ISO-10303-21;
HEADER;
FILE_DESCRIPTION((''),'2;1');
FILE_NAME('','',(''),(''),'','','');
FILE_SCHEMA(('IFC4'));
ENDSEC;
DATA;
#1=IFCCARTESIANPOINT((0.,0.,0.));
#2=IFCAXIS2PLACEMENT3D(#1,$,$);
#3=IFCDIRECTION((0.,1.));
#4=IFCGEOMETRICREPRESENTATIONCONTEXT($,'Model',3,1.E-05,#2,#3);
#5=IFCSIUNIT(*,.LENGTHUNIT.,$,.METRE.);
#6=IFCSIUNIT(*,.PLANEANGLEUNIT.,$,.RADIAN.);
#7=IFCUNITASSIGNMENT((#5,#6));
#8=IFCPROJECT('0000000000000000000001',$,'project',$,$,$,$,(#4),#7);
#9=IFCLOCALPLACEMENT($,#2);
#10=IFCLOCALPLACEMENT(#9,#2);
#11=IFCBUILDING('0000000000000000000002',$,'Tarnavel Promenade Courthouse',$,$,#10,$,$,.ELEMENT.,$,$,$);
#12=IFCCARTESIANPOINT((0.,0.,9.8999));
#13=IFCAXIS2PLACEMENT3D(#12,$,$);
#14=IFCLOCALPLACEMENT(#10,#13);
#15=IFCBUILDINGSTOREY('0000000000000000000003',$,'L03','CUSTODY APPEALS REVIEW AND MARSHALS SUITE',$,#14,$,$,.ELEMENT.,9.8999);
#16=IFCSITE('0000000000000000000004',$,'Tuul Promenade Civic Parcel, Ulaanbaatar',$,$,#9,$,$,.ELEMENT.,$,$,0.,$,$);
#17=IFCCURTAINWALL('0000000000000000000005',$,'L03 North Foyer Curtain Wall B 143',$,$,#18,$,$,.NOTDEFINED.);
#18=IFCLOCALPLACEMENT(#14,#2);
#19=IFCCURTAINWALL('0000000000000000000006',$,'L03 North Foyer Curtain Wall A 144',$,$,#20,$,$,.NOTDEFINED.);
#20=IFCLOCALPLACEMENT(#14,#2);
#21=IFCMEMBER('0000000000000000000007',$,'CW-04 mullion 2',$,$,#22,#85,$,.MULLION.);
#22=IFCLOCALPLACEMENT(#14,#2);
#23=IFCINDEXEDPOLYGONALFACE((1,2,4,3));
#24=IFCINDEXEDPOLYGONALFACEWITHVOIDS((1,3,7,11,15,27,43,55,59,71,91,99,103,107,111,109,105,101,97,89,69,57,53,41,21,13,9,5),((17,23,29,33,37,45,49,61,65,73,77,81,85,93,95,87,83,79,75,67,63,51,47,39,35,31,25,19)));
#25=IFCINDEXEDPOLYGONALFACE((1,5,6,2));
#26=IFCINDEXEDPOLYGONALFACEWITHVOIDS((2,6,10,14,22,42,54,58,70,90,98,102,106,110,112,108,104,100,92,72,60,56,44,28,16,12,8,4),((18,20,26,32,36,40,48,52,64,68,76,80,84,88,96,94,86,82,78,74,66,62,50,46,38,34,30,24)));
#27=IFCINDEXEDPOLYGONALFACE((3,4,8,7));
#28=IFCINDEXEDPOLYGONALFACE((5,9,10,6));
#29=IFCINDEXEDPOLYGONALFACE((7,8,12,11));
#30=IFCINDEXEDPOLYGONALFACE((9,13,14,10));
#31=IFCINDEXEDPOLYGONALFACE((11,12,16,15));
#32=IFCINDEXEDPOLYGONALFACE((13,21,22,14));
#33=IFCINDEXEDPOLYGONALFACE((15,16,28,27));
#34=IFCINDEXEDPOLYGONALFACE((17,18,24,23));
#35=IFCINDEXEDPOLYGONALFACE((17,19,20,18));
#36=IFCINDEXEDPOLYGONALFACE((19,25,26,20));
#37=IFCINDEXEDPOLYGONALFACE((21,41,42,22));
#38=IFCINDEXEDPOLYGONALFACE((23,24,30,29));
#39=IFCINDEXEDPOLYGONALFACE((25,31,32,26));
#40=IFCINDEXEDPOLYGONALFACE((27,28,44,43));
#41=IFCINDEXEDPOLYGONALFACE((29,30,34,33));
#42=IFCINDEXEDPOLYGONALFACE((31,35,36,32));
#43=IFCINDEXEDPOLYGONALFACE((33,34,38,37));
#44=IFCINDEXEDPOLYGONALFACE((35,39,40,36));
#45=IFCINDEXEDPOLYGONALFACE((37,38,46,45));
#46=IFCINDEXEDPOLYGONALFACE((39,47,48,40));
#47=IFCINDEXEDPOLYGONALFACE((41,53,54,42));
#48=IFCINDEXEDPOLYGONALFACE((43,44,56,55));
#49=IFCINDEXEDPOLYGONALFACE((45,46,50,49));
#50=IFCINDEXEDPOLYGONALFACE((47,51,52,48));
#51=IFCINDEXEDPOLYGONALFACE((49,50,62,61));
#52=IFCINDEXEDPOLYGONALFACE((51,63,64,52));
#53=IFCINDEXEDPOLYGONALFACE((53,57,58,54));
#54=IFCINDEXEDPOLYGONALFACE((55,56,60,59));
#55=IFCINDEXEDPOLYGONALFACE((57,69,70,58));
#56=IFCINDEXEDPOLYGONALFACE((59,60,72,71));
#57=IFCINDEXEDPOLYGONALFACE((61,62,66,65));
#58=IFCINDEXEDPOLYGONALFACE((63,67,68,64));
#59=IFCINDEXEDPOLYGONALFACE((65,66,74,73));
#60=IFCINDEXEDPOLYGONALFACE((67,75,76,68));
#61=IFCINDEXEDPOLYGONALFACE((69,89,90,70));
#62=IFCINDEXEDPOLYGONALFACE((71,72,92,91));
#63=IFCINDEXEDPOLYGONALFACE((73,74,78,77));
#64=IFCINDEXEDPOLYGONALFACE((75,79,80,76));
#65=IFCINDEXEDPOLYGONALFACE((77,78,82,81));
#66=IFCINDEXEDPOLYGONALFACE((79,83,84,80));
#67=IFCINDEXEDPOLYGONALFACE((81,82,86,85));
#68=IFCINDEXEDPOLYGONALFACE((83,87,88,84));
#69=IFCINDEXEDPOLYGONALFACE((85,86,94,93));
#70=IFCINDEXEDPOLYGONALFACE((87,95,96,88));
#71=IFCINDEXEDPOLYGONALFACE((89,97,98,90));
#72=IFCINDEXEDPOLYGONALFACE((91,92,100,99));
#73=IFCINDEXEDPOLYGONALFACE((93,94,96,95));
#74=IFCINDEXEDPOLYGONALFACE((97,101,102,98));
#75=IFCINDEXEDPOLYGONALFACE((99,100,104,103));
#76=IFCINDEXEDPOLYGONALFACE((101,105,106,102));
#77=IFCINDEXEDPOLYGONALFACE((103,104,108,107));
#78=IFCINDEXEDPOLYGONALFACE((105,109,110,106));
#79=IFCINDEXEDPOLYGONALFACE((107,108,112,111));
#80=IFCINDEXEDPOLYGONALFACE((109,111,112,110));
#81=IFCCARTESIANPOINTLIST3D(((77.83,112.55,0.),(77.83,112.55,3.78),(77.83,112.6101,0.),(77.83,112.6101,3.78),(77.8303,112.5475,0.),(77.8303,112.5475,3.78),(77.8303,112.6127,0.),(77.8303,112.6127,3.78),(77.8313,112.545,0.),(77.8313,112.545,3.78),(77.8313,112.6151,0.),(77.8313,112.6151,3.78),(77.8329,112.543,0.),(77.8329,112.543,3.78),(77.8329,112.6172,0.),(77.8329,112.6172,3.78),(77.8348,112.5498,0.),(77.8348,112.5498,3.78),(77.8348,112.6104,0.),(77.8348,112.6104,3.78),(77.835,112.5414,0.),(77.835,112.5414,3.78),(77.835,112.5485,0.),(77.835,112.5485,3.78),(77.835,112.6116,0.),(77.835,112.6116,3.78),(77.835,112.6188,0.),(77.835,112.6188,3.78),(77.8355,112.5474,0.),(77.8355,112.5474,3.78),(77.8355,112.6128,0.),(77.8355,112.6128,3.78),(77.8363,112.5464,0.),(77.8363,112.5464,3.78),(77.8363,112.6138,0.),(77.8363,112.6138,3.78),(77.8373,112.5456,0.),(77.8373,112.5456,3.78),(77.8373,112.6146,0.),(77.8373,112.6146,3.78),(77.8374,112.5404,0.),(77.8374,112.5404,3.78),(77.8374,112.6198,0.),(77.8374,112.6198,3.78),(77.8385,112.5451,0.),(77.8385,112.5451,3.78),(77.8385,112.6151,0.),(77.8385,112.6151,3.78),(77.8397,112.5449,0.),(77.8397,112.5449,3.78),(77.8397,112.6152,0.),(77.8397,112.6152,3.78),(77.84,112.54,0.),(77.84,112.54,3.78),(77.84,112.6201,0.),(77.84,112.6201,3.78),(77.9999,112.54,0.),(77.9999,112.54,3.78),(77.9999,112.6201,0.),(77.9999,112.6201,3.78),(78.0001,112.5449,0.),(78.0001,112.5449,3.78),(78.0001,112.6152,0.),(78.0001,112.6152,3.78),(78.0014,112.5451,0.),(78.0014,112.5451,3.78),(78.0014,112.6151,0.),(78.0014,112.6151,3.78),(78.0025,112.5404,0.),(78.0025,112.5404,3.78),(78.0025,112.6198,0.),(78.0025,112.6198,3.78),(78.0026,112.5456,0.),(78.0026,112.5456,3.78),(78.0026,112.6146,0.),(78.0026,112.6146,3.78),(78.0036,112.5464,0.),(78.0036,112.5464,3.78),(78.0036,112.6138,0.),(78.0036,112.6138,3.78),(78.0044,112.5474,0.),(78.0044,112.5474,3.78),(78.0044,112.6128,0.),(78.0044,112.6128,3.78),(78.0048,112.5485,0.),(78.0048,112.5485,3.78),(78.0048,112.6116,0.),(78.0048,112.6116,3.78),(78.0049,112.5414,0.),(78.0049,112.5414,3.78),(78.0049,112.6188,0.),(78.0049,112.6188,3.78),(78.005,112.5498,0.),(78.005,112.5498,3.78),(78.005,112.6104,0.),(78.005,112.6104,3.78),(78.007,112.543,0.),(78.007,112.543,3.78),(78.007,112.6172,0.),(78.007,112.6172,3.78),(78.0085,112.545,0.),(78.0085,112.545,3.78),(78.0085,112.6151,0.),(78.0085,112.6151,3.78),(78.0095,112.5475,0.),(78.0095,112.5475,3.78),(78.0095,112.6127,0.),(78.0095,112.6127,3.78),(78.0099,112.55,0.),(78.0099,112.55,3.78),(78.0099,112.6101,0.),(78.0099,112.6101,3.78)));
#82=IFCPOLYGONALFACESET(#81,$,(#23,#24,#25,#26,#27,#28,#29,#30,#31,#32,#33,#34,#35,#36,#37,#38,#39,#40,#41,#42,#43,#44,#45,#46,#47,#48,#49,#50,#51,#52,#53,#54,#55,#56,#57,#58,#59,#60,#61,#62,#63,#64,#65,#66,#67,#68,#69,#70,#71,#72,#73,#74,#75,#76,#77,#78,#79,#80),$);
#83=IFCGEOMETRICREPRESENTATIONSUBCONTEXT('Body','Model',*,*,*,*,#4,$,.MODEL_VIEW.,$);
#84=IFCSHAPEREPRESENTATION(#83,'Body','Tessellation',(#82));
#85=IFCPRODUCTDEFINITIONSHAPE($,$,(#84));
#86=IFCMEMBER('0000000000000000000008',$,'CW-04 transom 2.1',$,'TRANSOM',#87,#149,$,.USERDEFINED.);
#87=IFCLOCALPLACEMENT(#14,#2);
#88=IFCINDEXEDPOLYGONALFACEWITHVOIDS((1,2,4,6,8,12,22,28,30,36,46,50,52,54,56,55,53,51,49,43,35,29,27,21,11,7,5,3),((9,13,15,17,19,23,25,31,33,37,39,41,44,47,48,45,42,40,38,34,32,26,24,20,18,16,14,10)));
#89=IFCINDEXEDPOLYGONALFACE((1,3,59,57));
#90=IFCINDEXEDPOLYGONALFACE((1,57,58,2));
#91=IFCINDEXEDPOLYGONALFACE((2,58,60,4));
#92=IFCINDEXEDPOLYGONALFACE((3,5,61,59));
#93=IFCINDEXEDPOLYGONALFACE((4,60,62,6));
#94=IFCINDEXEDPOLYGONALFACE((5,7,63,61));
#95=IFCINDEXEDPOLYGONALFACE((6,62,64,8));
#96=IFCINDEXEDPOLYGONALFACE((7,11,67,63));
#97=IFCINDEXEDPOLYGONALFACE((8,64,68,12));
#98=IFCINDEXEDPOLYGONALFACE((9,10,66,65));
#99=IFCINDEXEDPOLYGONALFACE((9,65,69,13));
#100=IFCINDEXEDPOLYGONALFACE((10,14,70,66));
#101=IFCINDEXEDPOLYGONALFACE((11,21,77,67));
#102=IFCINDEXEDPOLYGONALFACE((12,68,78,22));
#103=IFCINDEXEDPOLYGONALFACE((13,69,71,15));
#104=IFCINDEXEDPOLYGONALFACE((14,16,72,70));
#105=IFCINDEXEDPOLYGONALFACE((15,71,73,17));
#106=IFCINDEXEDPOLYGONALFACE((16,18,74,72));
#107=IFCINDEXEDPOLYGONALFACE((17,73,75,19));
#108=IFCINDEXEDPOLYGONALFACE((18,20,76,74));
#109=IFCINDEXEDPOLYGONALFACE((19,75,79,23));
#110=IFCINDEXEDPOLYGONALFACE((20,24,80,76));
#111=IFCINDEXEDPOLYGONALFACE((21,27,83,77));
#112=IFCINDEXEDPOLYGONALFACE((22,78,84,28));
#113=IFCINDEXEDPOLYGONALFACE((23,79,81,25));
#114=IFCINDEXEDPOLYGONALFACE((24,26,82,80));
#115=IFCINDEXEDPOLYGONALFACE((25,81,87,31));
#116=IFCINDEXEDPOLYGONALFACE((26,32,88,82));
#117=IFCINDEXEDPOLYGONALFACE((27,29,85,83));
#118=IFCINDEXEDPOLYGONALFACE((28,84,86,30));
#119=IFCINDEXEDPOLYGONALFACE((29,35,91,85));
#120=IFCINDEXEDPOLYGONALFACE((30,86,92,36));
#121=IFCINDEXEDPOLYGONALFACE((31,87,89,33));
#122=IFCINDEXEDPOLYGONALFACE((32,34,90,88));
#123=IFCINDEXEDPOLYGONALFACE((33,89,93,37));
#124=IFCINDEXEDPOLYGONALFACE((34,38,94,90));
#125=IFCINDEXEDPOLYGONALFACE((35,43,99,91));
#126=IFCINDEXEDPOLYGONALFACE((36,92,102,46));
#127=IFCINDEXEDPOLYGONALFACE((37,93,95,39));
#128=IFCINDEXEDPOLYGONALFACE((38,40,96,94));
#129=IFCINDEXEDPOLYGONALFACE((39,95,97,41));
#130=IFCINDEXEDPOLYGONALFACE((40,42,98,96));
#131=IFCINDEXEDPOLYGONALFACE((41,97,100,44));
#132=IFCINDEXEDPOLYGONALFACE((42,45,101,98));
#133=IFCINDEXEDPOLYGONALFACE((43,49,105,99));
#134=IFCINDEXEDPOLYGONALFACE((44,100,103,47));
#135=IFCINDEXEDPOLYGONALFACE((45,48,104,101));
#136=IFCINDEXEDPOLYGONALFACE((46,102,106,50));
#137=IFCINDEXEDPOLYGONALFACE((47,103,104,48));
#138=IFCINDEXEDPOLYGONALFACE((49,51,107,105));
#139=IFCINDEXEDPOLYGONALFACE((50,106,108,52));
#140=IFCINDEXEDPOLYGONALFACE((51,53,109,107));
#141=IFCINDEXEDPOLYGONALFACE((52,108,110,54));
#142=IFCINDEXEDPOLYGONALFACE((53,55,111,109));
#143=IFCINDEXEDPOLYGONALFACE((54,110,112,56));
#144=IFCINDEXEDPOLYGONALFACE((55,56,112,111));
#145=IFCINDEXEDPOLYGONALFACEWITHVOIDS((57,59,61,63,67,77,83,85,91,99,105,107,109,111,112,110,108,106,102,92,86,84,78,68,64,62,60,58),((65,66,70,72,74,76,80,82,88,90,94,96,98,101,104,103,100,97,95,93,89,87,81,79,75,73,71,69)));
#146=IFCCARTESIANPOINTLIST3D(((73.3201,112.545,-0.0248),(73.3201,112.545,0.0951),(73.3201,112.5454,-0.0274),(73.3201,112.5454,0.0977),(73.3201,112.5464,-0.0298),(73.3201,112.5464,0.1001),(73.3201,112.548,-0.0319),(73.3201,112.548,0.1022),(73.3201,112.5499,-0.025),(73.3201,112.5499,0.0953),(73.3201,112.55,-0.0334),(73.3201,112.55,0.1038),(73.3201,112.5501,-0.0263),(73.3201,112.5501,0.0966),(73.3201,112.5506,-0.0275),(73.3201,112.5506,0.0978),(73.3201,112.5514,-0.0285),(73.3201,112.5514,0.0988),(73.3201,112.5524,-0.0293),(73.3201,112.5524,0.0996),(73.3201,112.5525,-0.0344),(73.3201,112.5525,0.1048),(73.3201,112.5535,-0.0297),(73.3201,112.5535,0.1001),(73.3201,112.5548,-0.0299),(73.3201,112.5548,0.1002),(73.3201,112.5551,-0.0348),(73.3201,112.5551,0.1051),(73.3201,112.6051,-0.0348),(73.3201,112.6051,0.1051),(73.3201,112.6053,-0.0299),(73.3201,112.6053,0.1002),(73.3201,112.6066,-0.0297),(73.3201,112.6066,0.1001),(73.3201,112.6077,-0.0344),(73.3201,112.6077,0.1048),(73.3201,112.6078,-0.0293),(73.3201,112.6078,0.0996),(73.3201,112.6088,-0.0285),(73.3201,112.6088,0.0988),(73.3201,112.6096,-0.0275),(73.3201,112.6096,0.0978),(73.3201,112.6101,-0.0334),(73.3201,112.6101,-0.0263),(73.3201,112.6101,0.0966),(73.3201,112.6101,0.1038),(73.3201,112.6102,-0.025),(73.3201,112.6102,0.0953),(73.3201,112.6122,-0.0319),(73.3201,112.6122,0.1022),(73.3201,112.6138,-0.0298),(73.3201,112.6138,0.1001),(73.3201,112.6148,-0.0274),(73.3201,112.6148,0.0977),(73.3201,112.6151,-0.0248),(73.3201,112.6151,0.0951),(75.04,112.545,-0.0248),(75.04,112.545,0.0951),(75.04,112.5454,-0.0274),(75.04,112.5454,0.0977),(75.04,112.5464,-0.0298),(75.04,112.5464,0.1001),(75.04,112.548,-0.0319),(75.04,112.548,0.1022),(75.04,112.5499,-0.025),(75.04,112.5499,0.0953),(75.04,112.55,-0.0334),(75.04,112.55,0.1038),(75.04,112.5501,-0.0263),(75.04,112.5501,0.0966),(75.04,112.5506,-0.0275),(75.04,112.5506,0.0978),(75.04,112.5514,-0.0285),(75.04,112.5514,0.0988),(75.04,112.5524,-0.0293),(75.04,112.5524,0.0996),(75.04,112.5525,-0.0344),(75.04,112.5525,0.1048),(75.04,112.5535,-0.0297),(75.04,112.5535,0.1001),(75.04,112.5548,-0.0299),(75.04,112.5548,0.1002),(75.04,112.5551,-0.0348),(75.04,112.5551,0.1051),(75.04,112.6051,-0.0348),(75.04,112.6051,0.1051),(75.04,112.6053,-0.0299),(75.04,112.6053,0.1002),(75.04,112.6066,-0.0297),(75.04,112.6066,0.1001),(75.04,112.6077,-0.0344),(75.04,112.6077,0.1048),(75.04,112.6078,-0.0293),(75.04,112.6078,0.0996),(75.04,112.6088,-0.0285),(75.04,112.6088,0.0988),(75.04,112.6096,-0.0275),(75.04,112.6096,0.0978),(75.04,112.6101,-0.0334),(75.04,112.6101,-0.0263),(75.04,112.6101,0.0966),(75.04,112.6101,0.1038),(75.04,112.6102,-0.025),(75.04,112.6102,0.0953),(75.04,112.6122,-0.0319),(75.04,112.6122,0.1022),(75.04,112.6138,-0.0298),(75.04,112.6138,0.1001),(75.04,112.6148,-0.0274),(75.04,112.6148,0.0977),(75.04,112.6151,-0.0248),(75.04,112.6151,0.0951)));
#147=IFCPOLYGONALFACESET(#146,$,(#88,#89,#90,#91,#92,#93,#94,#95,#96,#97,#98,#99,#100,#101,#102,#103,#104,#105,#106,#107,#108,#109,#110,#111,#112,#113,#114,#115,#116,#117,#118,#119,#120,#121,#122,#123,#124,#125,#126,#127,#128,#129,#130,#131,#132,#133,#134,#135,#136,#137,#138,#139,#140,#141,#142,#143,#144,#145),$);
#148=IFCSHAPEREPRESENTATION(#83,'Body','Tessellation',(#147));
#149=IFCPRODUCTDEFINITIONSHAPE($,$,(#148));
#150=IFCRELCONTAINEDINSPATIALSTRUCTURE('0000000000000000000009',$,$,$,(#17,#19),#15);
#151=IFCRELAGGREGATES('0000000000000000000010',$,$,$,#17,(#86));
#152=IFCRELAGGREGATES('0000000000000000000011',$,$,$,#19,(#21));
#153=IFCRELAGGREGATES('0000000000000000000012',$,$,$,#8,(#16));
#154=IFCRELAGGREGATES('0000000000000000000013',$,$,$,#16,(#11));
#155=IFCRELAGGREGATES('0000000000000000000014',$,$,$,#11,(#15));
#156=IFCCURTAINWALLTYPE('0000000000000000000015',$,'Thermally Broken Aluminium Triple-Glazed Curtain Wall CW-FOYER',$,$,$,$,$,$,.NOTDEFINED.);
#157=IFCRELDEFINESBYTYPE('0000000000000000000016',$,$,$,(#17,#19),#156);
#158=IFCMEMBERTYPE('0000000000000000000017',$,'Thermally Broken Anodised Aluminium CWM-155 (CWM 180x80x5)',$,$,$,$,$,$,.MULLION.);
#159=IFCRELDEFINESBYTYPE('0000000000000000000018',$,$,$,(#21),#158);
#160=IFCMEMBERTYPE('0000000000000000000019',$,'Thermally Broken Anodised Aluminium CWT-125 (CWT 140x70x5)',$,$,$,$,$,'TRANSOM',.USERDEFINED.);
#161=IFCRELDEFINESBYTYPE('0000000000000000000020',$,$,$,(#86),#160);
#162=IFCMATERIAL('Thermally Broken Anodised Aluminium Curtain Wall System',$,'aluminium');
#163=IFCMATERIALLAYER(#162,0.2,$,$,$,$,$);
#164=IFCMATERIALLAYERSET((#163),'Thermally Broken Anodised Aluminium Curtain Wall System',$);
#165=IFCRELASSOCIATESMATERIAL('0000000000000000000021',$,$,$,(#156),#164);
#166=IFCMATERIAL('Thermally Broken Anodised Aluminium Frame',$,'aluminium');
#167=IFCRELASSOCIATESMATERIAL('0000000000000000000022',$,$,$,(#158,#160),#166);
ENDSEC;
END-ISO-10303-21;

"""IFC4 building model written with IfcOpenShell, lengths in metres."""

from ifc_helpers import new_model, si_unit, direction, frame, origin, origin_2d, place, context, subcontext, project, spatial, hollow_rectangle, extrude, material, layer, layer_set, material_profile, profile_set, type_object, element, aggregate, save


model = new_model("IFC4")

# Units and contexts
model_context = context("Model", 3, precision=1e-05, world=origin(), true_north=direction((0.0, 1.0)))
body_context = subcontext(model_context, "Body", "Model", "MODEL_VIEW")
ifc_project = project(units=[si_unit("LENGTHUNIT", "METRE"), si_unit("PLANEANGLEUNIT", "RADIAN")], contexts=[model_context])

# Site, building, storey
site_placement = place(None, origin())
site = spatial("IfcSite", under=ifc_project, at=site_placement, Name="Tuul Promenade Civic Parcel, Ulaanbaatar", CompositionType="ELEMENT", RefElevation=0.0)
building_placement = place(site_placement, origin())
building = spatial("IfcBuilding", under=site, at=building_placement, Name="Tarnavel Promenade Courthouse", CompositionType="ELEMENT")
storey_placement = place(building_placement, frame((0.0, 0.0, 9.8999)))
storey = spatial("IfcBuildingStorey", under=building, at=storey_placement, Name="L03", Description="CUSTODY APPEALS REVIEW AND MARSHALS SUITE", CompositionType="ELEMENT", Elevation=9.8999)

# Curtain walls, member
ifc_material_1 = material(Name="Thermally Broken Anodised Aluminium Curtain Wall System", Category="aluminium")
ifc_layer_1 = layer(ifc_material_1, 0.2)
ifc_layer_set_1 = layer_set([ifc_layer_1], Name="Thermally Broken Anodised Aluminium Curtain Wall System")
curtain_wall_type = type_object("IfcCurtainWallType", Name="Thermally Broken Aluminium Triple-Glazed Curtain Wall CW-FOYER", PredefinedType="NOTDEFINED", material=ifc_layer_set_1)
curtain_wall_1_placement = place(storey_placement, origin())
curtain_wall_1 = element("IfcCurtainWall", 1, at=curtain_wall_1_placement, inside=storey, type_object=curtain_wall_type, Name="L03 North Foyer Curtain Wall B 143", PredefinedType="NOTDEFINED")
ifc_material_2 = material(Name="Thermally Broken Anodised Aluminium Frame", Category="aluminium")
ifc_material_profile_1 = material_profile(ifc_material_2, hollow_rectangle(XDim=0.0801, YDim=0.1799, WallThickness=0.0049, InnerFilletRadius=0.0049, OuterFilletRadius=0.01, at=origin_2d()), Name="CWM 180x80x5")
ifc_profile_set_1 = profile_set([ifc_material_profile_1], Name="Thermally Broken Anodised Aluminium Frame")
member_type_1 = type_object("IfcMemberType", Name="Thermally Broken Anodised Aluminium CWM-155 (CWM 180x80x5)", PredefinedType="MULLION", material=ifc_profile_set_1)
curtain_wall_2_placement = place(storey_placement, origin())
curtain_wall_2 = element("IfcCurtainWall", 2, at=curtain_wall_2_placement, inside=storey, type_object=curtain_wall_type, Name="L03 North Foyer Curtain Wall A 144", PredefinedType="NOTDEFINED")
member_1_placement = place(storey_placement, frame((77.9199, 112.5801, 0.0), z_axis=(0.0, 0.0, 1.0), x_axis=(0.0, 1.0, 0.0)))
member_1 = element("IfcMember", 3, at=member_1_placement, type_object=member_type_1, Name="CW-04 mullion 2", PredefinedType="MULLION", context=body_context, shape_type="SweptSolid", body=[
    extrude(hollow_rectangle(XDim=0.0801, YDim=0.1799, WallThickness=0.0049, InnerFilletRadius=0.0049, OuterFilletRadius=0.01, at=origin_2d()), origin(), (0.0, 0.0, 1.0), 3.78),
])

# Member
ifc_material_profile_2 = material_profile(ifc_material_2, hollow_rectangle(XDim=0.0701, YDim=0.1399, WallThickness=0.0049, InnerFilletRadius=0.0049, OuterFilletRadius=0.01, at=origin_2d()), Name="CWT 140x70x5")
ifc_profile_set_2 = profile_set([ifc_material_profile_2], Name="Thermally Broken Anodised Aluminium Frame")
member_type_2 = type_object("IfcMemberType", Name="Thermally Broken Anodised Aluminium CWT-125 (CWT 140x70x5)", ElementType="TRANSOM", PredefinedType="USERDEFINED", material=ifc_profile_set_2)
member_2_placement = place(storey_placement, frame((73.3201, 112.5801, 0.0352), z_axis=(1.0, 0.0, 0.0), x_axis=(0.0, 1.0, 0.0)))
member_2 = element("IfcMember", 4, at=member_2_placement, type_object=member_type_2, Name="CW-04 transom 2.1", ObjectType="TRANSOM", PredefinedType="USERDEFINED", context=body_context, shape_type="SweptSolid", body=[
    extrude(hollow_rectangle(XDim=0.0701, YDim=0.1399, WallThickness=0.0049, InnerFilletRadius=0.0049, OuterFilletRadius=0.01, at=origin_2d()), origin(), (0.0, 0.0, 1.0), 1.72),
])

aggregate(curtain_wall_1, [member_2])
aggregate(curtain_wall_2, [member_1])

save(model, "model.ifc")
